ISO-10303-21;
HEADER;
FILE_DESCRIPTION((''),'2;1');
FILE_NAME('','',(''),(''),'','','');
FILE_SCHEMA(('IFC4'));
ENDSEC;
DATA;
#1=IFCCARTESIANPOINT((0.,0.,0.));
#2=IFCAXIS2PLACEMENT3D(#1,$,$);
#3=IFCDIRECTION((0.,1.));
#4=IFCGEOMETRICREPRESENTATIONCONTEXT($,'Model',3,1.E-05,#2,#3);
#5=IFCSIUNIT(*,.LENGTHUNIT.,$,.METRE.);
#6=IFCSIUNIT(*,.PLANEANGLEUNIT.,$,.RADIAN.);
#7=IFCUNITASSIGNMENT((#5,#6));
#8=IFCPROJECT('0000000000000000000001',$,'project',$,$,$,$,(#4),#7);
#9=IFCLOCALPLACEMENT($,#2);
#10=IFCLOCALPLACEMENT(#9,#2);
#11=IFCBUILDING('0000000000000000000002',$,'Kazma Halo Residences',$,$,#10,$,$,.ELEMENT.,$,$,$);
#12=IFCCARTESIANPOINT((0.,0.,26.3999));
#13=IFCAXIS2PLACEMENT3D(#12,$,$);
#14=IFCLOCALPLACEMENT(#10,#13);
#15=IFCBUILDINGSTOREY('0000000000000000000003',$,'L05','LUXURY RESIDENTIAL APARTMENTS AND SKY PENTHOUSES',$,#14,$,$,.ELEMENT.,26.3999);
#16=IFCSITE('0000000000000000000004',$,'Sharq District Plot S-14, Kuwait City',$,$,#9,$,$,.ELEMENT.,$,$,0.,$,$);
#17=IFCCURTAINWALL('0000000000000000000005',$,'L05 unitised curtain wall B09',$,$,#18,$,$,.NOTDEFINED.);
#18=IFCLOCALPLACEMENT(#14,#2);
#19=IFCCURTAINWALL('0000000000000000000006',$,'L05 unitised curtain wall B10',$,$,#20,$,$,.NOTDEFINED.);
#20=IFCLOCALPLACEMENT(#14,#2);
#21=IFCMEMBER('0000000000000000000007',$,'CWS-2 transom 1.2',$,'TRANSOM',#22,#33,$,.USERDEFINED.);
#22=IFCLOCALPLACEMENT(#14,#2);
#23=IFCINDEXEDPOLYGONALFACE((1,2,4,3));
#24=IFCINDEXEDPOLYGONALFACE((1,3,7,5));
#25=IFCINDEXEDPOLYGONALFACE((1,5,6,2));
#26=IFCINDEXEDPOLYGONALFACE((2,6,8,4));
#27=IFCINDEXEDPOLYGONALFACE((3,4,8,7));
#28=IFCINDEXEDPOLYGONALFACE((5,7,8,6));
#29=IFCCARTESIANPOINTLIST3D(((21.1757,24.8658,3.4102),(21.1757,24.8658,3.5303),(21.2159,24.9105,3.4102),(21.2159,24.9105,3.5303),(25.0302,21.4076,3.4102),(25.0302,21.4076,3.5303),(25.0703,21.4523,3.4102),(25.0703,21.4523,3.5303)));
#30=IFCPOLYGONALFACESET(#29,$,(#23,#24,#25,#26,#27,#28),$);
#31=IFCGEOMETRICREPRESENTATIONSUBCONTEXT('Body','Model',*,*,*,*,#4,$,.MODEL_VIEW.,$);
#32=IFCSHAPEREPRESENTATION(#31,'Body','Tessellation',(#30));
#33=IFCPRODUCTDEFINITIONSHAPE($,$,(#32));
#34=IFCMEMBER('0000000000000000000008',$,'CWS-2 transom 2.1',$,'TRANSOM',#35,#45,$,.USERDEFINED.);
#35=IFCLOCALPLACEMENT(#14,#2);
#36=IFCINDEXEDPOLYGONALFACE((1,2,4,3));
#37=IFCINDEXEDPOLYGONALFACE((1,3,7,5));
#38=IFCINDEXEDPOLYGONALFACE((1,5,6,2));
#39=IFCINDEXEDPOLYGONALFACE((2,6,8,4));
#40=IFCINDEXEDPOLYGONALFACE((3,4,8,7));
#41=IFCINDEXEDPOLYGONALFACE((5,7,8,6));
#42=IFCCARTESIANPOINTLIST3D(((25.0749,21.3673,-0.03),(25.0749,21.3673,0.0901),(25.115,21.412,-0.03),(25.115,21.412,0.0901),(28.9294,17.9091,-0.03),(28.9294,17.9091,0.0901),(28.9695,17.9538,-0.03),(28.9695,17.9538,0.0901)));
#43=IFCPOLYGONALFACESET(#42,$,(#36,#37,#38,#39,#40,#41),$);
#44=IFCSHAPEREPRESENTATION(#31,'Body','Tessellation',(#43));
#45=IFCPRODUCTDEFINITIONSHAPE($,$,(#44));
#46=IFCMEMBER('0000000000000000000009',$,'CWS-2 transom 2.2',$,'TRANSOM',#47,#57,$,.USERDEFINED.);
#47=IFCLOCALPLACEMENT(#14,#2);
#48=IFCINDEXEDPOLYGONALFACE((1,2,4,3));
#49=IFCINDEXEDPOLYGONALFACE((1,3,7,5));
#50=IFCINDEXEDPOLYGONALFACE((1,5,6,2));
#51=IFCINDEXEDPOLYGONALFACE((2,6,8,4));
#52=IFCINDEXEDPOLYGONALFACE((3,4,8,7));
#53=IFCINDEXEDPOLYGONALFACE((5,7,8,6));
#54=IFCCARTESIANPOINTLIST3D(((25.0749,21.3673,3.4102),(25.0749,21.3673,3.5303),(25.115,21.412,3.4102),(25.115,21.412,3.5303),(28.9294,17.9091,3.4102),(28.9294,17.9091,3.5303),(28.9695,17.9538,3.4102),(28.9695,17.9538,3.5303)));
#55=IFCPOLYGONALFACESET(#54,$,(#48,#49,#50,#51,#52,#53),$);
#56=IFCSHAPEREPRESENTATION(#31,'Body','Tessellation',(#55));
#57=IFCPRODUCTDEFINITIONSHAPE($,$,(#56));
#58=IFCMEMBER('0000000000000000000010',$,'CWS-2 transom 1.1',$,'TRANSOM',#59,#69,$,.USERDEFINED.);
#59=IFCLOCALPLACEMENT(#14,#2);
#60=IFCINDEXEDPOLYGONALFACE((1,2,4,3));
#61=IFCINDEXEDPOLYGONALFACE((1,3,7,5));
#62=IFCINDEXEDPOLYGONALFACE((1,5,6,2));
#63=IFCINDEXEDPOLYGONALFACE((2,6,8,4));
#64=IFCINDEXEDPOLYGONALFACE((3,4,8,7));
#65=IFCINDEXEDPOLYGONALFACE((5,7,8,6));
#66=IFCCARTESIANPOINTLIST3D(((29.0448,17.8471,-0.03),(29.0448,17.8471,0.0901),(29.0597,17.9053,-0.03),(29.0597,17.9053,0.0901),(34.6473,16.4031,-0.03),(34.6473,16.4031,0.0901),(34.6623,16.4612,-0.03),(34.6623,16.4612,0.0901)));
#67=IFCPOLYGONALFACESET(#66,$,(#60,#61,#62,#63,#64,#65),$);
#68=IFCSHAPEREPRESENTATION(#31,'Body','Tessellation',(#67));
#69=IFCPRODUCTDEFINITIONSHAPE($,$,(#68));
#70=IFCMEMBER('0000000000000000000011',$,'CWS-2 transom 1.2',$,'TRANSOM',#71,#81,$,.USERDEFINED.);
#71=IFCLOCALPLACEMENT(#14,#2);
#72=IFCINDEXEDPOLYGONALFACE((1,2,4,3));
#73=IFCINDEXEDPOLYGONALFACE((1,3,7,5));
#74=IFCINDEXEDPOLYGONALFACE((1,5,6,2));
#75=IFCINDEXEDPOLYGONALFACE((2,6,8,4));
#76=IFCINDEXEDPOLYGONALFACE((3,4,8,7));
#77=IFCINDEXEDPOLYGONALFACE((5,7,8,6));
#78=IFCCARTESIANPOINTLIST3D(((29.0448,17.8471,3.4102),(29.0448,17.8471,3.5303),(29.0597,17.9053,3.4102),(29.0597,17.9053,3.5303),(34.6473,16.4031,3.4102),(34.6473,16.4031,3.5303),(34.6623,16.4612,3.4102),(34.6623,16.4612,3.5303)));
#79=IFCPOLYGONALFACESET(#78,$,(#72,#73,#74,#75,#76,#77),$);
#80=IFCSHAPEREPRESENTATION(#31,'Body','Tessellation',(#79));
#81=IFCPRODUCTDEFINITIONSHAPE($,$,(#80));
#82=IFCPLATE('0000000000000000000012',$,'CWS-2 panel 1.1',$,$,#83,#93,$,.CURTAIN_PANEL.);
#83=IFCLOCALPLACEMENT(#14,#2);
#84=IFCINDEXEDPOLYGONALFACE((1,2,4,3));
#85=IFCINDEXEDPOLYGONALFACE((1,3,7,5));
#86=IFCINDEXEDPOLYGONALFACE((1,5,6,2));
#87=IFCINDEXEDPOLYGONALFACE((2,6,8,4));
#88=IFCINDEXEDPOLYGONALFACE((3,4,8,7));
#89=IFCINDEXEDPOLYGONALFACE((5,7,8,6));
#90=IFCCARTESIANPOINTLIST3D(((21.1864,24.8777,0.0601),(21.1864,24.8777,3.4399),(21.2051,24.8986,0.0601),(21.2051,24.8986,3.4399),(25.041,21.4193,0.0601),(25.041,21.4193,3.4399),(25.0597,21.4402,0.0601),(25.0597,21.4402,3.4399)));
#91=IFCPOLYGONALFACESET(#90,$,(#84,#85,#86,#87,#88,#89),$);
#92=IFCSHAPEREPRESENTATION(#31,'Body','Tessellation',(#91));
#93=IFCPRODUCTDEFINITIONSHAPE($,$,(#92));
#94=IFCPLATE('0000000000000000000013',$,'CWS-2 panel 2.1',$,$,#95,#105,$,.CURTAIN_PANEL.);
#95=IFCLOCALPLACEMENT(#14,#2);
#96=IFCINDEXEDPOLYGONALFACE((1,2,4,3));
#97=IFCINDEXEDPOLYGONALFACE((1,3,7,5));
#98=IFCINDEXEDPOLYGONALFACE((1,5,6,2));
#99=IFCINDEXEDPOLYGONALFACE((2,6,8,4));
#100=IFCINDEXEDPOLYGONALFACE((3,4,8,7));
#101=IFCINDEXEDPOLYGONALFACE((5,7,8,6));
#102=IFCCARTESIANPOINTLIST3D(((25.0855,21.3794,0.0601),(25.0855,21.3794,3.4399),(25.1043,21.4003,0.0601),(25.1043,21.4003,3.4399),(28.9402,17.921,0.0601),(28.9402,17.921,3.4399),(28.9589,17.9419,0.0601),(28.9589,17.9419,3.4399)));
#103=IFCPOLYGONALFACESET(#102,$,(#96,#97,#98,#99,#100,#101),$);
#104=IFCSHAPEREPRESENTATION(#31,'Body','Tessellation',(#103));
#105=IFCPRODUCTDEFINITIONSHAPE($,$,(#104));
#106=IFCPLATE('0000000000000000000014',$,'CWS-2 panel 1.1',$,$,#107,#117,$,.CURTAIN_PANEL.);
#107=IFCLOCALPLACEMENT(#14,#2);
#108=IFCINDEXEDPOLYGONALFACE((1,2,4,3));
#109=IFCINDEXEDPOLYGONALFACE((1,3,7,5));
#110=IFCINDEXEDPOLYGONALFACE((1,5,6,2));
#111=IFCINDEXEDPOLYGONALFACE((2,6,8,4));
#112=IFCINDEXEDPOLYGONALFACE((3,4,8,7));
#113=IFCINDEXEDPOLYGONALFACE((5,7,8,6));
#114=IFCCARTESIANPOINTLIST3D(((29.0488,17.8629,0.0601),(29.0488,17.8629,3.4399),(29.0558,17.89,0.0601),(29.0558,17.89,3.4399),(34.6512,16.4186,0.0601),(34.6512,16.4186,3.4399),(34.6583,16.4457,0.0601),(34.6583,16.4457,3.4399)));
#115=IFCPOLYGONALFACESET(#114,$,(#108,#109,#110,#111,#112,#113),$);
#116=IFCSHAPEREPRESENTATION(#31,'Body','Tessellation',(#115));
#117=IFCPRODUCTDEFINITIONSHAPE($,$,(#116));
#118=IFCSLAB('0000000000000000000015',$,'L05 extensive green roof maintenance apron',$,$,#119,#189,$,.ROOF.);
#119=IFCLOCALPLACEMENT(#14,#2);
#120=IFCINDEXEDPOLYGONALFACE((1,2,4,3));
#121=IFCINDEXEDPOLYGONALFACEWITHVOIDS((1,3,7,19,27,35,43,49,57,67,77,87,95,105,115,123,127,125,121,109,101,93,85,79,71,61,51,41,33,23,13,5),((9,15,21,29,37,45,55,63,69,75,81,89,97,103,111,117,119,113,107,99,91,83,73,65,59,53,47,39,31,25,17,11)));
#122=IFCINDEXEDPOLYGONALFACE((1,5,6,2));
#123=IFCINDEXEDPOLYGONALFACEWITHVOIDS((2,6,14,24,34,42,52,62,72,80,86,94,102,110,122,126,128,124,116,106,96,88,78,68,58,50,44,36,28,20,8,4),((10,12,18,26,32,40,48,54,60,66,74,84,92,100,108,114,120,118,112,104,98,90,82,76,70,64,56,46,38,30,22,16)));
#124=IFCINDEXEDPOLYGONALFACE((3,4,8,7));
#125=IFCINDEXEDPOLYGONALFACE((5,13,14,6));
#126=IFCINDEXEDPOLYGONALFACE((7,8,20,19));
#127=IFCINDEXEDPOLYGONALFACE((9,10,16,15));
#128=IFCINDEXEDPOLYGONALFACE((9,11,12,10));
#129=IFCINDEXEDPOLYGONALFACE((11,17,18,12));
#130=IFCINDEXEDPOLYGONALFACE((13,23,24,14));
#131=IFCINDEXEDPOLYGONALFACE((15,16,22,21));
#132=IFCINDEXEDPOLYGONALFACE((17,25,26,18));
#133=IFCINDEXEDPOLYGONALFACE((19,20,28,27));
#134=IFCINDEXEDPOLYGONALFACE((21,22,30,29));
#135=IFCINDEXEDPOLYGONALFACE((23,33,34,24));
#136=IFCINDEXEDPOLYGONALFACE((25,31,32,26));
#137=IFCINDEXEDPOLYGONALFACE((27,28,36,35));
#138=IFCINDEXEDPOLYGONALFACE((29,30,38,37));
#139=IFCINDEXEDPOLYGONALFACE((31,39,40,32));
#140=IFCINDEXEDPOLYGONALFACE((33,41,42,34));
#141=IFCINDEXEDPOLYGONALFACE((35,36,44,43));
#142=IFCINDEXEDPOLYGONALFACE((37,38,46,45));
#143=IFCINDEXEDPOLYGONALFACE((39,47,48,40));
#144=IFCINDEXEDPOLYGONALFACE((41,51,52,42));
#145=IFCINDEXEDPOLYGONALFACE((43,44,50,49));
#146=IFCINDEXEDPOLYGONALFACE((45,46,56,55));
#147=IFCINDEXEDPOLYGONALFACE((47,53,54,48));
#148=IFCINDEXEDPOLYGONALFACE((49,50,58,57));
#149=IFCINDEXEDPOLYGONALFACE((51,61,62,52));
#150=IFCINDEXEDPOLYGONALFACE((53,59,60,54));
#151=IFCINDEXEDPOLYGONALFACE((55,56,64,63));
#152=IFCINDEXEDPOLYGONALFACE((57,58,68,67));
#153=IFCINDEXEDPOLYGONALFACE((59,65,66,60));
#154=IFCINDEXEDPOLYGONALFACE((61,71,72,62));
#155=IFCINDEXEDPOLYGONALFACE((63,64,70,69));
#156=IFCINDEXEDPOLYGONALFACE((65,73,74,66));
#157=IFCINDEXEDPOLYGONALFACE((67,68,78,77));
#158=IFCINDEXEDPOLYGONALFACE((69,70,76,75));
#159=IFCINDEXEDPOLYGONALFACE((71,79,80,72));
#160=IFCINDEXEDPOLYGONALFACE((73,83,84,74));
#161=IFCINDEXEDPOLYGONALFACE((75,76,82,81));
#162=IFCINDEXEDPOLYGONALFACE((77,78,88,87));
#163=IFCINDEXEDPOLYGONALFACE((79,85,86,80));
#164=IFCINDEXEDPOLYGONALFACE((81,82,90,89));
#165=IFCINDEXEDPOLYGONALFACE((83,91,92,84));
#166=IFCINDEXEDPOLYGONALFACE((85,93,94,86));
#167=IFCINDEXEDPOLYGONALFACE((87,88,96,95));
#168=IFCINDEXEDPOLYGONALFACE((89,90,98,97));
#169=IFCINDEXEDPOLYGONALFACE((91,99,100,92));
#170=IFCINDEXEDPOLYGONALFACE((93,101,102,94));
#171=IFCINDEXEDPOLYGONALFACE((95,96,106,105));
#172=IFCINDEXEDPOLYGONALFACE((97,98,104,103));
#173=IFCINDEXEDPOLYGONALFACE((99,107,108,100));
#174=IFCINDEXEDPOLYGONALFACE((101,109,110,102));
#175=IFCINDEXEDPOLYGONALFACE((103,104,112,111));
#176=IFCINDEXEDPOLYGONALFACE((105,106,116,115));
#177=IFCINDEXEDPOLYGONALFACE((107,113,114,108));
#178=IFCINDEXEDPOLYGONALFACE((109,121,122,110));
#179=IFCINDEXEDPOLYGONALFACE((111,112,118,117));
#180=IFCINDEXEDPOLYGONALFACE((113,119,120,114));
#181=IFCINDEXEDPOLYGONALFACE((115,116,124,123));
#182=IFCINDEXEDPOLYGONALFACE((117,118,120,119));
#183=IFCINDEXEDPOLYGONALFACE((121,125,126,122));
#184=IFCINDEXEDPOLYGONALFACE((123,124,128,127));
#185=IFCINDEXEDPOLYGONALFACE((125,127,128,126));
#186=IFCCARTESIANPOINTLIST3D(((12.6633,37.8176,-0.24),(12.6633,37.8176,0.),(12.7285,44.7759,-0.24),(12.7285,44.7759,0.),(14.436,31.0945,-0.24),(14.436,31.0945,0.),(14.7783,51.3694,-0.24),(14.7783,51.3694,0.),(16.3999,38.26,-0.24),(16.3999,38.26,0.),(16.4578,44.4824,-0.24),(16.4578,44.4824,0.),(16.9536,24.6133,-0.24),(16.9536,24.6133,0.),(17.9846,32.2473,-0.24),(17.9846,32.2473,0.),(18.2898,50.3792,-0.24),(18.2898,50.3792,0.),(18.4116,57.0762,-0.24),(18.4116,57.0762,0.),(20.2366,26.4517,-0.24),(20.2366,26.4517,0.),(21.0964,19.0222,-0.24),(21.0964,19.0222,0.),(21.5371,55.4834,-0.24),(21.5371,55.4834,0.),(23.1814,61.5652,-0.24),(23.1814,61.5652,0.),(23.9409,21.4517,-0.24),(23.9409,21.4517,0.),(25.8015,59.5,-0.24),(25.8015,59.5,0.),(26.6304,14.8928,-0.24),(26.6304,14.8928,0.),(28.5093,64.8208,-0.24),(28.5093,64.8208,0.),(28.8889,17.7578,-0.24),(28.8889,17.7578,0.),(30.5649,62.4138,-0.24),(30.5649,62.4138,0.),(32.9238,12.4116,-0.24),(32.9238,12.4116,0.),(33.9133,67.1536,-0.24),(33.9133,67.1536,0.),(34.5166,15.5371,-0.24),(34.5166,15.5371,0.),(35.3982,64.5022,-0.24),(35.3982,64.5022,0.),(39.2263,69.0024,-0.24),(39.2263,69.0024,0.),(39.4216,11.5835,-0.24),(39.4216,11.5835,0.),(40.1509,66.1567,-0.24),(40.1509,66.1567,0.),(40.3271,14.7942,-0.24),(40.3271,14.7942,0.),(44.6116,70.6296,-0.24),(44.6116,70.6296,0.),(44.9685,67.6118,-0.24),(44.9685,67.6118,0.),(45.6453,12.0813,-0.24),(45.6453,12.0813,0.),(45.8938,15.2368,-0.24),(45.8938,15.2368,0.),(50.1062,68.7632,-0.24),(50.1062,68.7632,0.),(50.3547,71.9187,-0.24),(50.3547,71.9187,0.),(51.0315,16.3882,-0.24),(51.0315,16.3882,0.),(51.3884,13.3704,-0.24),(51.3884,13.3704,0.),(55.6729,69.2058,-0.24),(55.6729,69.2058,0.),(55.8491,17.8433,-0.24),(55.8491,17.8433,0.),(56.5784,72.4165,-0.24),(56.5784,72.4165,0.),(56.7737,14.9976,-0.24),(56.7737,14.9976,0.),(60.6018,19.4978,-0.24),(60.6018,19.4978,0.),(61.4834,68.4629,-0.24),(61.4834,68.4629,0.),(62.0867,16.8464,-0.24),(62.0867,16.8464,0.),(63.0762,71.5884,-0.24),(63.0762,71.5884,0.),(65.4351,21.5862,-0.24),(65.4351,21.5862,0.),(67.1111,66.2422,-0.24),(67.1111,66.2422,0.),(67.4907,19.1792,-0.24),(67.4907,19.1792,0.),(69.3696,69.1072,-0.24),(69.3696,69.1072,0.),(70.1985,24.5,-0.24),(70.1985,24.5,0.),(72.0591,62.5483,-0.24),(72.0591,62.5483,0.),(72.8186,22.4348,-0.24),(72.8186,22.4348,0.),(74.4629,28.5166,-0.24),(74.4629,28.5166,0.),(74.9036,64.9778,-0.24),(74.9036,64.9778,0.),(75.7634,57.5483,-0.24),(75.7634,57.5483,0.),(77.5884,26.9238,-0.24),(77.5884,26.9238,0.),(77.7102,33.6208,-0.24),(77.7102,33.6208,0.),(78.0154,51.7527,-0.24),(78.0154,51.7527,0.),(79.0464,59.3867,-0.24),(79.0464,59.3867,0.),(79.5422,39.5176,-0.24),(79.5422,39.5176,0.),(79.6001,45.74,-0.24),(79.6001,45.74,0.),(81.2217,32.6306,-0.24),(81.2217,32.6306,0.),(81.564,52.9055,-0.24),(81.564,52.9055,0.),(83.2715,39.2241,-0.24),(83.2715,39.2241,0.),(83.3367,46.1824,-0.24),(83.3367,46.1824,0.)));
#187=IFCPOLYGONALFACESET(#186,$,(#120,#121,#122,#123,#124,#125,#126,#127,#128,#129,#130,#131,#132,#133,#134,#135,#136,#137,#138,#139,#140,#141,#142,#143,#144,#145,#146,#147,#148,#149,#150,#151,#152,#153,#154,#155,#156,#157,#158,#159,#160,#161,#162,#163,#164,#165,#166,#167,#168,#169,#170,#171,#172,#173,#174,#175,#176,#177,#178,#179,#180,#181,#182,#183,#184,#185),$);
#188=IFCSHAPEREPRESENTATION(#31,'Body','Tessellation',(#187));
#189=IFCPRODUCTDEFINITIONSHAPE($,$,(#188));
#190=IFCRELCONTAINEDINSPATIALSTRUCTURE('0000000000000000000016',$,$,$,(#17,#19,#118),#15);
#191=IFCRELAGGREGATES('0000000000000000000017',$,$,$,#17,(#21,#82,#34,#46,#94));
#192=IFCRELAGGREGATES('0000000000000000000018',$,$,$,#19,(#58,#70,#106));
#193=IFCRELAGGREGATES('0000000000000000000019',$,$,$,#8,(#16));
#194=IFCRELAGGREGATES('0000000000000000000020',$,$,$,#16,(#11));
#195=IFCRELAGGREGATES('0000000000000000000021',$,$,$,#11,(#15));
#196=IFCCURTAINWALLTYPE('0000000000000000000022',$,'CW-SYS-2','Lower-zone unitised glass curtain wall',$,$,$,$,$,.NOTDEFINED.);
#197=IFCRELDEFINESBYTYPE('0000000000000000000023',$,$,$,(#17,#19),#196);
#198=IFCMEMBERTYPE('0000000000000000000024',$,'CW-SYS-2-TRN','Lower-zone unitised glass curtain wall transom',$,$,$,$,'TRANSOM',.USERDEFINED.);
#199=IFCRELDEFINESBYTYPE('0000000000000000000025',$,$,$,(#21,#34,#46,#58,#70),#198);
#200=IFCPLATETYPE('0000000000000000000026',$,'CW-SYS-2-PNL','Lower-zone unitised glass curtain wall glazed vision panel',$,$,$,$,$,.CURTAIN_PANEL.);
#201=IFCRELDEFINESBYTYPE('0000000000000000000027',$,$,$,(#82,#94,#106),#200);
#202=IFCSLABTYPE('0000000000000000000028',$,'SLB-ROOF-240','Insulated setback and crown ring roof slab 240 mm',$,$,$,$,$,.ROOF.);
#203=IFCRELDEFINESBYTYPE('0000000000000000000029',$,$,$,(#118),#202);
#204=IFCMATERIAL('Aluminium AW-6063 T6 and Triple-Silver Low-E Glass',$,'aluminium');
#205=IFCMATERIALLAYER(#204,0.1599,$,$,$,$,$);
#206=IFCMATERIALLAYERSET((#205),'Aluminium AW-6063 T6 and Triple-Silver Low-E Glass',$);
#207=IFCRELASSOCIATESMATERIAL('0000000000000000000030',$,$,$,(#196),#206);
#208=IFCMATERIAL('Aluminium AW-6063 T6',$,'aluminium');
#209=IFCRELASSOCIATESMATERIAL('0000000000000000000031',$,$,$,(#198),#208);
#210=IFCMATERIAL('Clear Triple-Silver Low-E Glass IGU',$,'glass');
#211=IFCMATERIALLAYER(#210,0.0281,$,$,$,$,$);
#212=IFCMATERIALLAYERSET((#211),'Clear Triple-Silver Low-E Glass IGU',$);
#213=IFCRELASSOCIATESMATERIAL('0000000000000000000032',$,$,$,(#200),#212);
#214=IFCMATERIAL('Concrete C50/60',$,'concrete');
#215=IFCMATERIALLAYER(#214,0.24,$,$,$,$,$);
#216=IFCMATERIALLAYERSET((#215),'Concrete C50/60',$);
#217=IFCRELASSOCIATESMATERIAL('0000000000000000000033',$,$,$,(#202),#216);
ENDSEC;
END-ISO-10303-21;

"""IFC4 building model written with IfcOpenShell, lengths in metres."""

from ifc_helpers import new_model, si_unit, direction, frame, origin, origin_2d, place, context, subcontext, project, spatial, polyline, rectangle, outline, extrude, material, layer, layer_set, material_profile, profile_set, type_object, element, aggregate, save


model = new_model("IFC4")

# Units and contexts
model_context = context("Model", 3, precision=1e-05, world=origin(), true_north=direction((0.0, 1.0)))
body_context = subcontext(model_context, "Body", "Model", "MODEL_VIEW")
ifc_project = project(units=[si_unit("LENGTHUNIT", "METRE"), si_unit("PLANEANGLEUNIT", "RADIAN")], contexts=[model_context])

# Site, building, storey
site_placement = place(None, origin())
site = spatial("IfcSite", under=ifc_project, at=site_placement, Name="Sharq District Plot S-14, Kuwait City", CompositionType="ELEMENT", RefElevation=0.0)
building_placement = place(site_placement, origin())
building = spatial("IfcBuilding", under=site, at=building_placement, Name="Kazma Halo Residences", CompositionType="ELEMENT")
storey_placement = place(building_placement, frame((0.0, 0.0, 26.3999)))
storey = spatial("IfcBuildingStorey", under=building, at=storey_placement, Name="L05", Description="LUXURY RESIDENTIAL APARTMENTS AND SKY PENTHOUSES", CompositionType="ELEMENT", Elevation=26.3999)

# Shared definitions
ifc_material_1 = material(Name="Aluminium AW-6063 T6 and Triple-Silver Low-E Glass", Category="aluminium")
ifc_layer_1 = layer(ifc_material_1, 0.1599)
ifc_layer_set_1 = layer_set([ifc_layer_1], Name="Aluminium AW-6063 T6 and Triple-Silver Low-E Glass")
curtain_wall_type = type_object("IfcCurtainWallType", Name="CW-SYS-2", Description="Lower-zone unitised glass curtain wall", PredefinedType="NOTDEFINED", material=ifc_layer_set_1)
ifc_material_2 = material(Name="Aluminium AW-6063 T6", Category="aluminium")

# Curtain walls
curtain_wall_1_placement = place(storey_placement, origin())
curtain_wall_1 = element("IfcCurtainWall", 1, at=curtain_wall_1_placement, inside=storey, type_object=curtain_wall_type, Name="L05 unitised curtain wall B09", PredefinedType="NOTDEFINED")
curtain_wall_2_placement = place(storey_placement, origin())
curtain_wall_2 = element("IfcCurtainWall", 2, at=curtain_wall_2_placement, inside=storey, type_object=curtain_wall_type, Name="L05 unitised curtain wall B10", PredefinedType="NOTDEFINED")

# Members
ifc_material_profile_1 = material_profile(ifc_material_2, rectangle(XDim=0.0601, YDim=0.1201, at=origin_2d()), Name="CWT-60x120")
ifc_profile_set_1 = profile_set([ifc_material_profile_1], Name="Aluminium AW-6063 T6")
member_type_1 = type_object("IfcMemberType", Name="CW-SYS-2-TRN", Description="Lower-zone unitised glass curtain wall transom", ElementType="TRANSOM", PredefinedType="USERDEFINED", material=ifc_profile_set_1)
member_1_placement = place(storey_placement, frame((21.1958, 24.8882, 3.4702), z_axis=(0.744329, -0.667813, 0.0), x_axis=(0.667813, 0.744329, 0.0)))
member_1 = element("IfcMember", 3, at=member_1_placement, type_object=member_type_1, Name="CWS-2 transom 1.2", ObjectType="TRANSOM", PredefinedType="USERDEFINED", context=body_context, shape_type="SweptSolid", body=[
    extrude(rectangle(XDim=0.0601, YDim=0.1201, at=origin_2d()), origin(), (0.0, 0.0, 1.0), 5.1785),
])
member_2_placement = place(storey_placement, frame((25.095, 21.3896, 0.03), z_axis=(0.744329, -0.667813, 0.0), x_axis=(0.667813, 0.744329, 0.0)))
member_2 = element("IfcMember", 4, at=member_2_placement, type_object=member_type_1, Name="CWS-2 transom 2.1", ObjectType="TRANSOM", PredefinedType="USERDEFINED", context=body_context, shape_type="SweptSolid", body=[
    extrude(rectangle(XDim=0.0601, YDim=0.1201, at=origin_2d()), origin(), (0.0, 0.0, 1.0), 5.1785),
])
member_3_placement = place(storey_placement, frame((25.095, 21.3896, 3.4702), z_axis=(0.744329, -0.667813, 0.0), x_axis=(0.667813, 0.744329, 0.0)))
member_3 = element("IfcMember", 5, at=member_3_placement, type_object=member_type_1, Name="CWS-2 transom 2.2", ObjectType="TRANSOM", PredefinedType="USERDEFINED", context=body_context, shape_type="SweptSolid", body=[
    extrude(rectangle(XDim=0.0601, YDim=0.1201, at=origin_2d()), origin(), (0.0, 0.0, 1.0), 5.1785),
])
member_4_placement = place(storey_placement, frame((29.0522, 17.8762, 0.03), z_axis=(0.968349, -0.249599, 0.0), x_axis=(0.249599, 0.968349, 0.0)))
member_4 = element("IfcMember", 6, at=member_4_placement, type_object=member_type_1, Name="CWS-2 transom 1.1", ObjectType="TRANSOM", PredefinedType="USERDEFINED", context=body_context, shape_type="SweptSolid", body=[
    extrude(rectangle(XDim=0.0601, YDim=0.1201, at=origin_2d()), origin(), (0.0, 0.0, 1.0), 5.7856),
])
member_5_placement = place(storey_placement, frame((29.0522, 17.8762, 3.4702), z_axis=(0.968349, -0.249599, 0.0), x_axis=(0.249599, 0.968349, 0.0)))
member_5 = element("IfcMember", 7, at=member_5_placement, type_object=member_type_1, Name="CWS-2 transom 1.2", ObjectType="TRANSOM", PredefinedType="USERDEFINED", context=body_context, shape_type="SweptSolid", body=[
    extrude(rectangle(XDim=0.0601, YDim=0.1201, at=origin_2d()), origin(), (0.0, 0.0, 1.0), 5.7856),
])

# Plates
ifc_material_3 = material(Name="Clear Triple-Silver Low-E Glass IGU", Category="glass")
ifc_layer_2 = layer(ifc_material_3, 0.0281)
ifc_layer_set_2 = layer_set([ifc_layer_2], Name="Clear Triple-Silver Low-E Glass IGU")
plate_type = type_object("IfcPlateType", Name="CW-SYS-2-PNL", Description="Lower-zone unitised glass curtain wall glazed vision panel", PredefinedType="CURTAIN_PANEL", material=ifc_layer_set_2)
plate_1_placement = place(storey_placement, frame((23.123, 23.1589, 0.0601), z_axis=(0.0, 0.0, 1.0), x_axis=(0.744322, -0.667821, 0.0)))
plate_1 = element("IfcPlate", 8, at=plate_1_placement, type_object=plate_type, Name="CWS-2 panel 1.1", PredefinedType="CURTAIN_PANEL", context=body_context, shape_type="SweptSolid", body=[
    extrude(rectangle(XDim=5.1787, YDim=0.0281, at=origin_2d()), origin(), (0.0, 0.0, 1.0), 3.3799),
])
plate_2_placement = place(storey_placement, frame((27.0222, 19.6606, 0.0601), z_axis=(0.0, 0.0, 1.0), x_axis=(0.744322, -0.667821, 0.0)))
plate_2 = element("IfcPlate", 9, at=plate_2_placement, type_object=plate_type, Name="CWS-2 panel 2.1", PredefinedType="CURTAIN_PANEL", context=body_context, shape_type="SweptSolid", body=[
    extrude(rectangle(XDim=5.1787, YDim=0.0281, at=origin_2d()), origin(), (0.0, 0.0, 1.0), 3.3799),
])
aggregate(curtain_wall_1, [member_1, plate_1, member_2, member_3, plate_2])
plate_3_placement = place(storey_placement, frame((31.8535, 17.1543, 0.0601), z_axis=(0.0, 0.0, 1.0), x_axis=(0.96834, -0.249635, 0.0)))
plate_3 = element("IfcPlate", 10, at=plate_3_placement, type_object=plate_type, Name="CWS-2 panel 1.1", PredefinedType="CURTAIN_PANEL", context=body_context, shape_type="SweptSolid", body=[
    extrude(rectangle(XDim=5.7856, YDim=0.0281, at=origin_2d()), origin(), (0.0, 0.0, 1.0), 3.3799),
])
aggregate(curtain_wall_2, [member_4, member_5, plate_3])

# Slab
ifc_material_4 = material(Name="Concrete C50/60", Category="concrete")
ifc_layer_3 = layer(ifc_material_4, 0.24)
ifc_layer_set_3 = layer_set([ifc_layer_3], Name="Concrete C50/60")
slab_type_1 = type_object("IfcSlabType", Name="SLB-ROOF-240", Description="Insulated setback and crown ring roof slab 240 mm", PredefinedType="ROOF", material=ifc_layer_set_3)
slab_1_placement = place(storey_placement, frame((0.0, 0.0, -0.24)))
element("IfcSlab", 11, at=slab_1_placement, inside=storey, type_object=slab_type_1, Name="L05 extensive green roof maintenance apron", PredefinedType="ROOF", context=body_context, shape_type="SweptSolid", body=[
    extrude(outline(polyline([(81.564, 52.9055), (79.0464, 59.3867), (74.9036, 64.9778), (69.3696, 69.1072), (63.0762, 71.5884), (56.5784, 72.4165), (50.3547, 71.9187), (44.6116, 70.6296), (39.2263, 69.0024), (33.9133, 67.1536), (28.5093, 64.8208), (23.1814, 61.5652), (18.4116, 57.0762), (14.7783, 51.3694), (12.7285, 44.7759), (12.6633, 37.8176), (14.436, 31.0945), (16.9536, 24.6133), (21.0964, 19.0222), (26.6304, 14.8928), (32.9238, 12.4116), (39.4216, 11.5835), (45.6453, 12.0813), (51.3884, 13.3704), (56.7737, 14.9976), (62.0867, 16.8464), (67.4907, 19.1792), (72.8186, 22.4348), (77.5884, 26.9238), (81.2217, 32.6306), (83.2715, 39.2241), (83.3367, 46.1824), (81.564, 52.9055)]), holes=[polyline([(78.0154, 51.7527), (75.7634, 57.5483), (72.0591, 62.5483), (67.1111, 66.2422), (61.4834, 68.4629), (55.6729, 69.2058), (50.1062, 68.7632), (44.9685, 67.6118), (40.1509, 66.1567), (35.3982, 64.5022), (30.5649, 62.4138), (25.8015, 59.5), (21.5371, 55.4834), (18.2898, 50.3792), (16.4578, 44.4824), (16.3999, 38.26), (17.9846, 32.2473), (20.2366, 26.4517), (23.9409, 21.4517), (28.8889, 17.7578), (34.5166, 15.5371), (40.3271, 14.7942), (45.8938, 15.2368), (51.0315, 16.3882), (55.8491, 17.8433), (60.6018, 19.4978), (65.4351, 21.5862), (70.1985, 24.5), (74.4629, 28.5166), (77.7102, 33.6208), (79.5422, 39.5176), (79.6001, 45.74), (78.0154, 51.7527)])]), origin(), (0.0, 0.0, 1.0), 0.24),
])

save(model, "model.ifc")
